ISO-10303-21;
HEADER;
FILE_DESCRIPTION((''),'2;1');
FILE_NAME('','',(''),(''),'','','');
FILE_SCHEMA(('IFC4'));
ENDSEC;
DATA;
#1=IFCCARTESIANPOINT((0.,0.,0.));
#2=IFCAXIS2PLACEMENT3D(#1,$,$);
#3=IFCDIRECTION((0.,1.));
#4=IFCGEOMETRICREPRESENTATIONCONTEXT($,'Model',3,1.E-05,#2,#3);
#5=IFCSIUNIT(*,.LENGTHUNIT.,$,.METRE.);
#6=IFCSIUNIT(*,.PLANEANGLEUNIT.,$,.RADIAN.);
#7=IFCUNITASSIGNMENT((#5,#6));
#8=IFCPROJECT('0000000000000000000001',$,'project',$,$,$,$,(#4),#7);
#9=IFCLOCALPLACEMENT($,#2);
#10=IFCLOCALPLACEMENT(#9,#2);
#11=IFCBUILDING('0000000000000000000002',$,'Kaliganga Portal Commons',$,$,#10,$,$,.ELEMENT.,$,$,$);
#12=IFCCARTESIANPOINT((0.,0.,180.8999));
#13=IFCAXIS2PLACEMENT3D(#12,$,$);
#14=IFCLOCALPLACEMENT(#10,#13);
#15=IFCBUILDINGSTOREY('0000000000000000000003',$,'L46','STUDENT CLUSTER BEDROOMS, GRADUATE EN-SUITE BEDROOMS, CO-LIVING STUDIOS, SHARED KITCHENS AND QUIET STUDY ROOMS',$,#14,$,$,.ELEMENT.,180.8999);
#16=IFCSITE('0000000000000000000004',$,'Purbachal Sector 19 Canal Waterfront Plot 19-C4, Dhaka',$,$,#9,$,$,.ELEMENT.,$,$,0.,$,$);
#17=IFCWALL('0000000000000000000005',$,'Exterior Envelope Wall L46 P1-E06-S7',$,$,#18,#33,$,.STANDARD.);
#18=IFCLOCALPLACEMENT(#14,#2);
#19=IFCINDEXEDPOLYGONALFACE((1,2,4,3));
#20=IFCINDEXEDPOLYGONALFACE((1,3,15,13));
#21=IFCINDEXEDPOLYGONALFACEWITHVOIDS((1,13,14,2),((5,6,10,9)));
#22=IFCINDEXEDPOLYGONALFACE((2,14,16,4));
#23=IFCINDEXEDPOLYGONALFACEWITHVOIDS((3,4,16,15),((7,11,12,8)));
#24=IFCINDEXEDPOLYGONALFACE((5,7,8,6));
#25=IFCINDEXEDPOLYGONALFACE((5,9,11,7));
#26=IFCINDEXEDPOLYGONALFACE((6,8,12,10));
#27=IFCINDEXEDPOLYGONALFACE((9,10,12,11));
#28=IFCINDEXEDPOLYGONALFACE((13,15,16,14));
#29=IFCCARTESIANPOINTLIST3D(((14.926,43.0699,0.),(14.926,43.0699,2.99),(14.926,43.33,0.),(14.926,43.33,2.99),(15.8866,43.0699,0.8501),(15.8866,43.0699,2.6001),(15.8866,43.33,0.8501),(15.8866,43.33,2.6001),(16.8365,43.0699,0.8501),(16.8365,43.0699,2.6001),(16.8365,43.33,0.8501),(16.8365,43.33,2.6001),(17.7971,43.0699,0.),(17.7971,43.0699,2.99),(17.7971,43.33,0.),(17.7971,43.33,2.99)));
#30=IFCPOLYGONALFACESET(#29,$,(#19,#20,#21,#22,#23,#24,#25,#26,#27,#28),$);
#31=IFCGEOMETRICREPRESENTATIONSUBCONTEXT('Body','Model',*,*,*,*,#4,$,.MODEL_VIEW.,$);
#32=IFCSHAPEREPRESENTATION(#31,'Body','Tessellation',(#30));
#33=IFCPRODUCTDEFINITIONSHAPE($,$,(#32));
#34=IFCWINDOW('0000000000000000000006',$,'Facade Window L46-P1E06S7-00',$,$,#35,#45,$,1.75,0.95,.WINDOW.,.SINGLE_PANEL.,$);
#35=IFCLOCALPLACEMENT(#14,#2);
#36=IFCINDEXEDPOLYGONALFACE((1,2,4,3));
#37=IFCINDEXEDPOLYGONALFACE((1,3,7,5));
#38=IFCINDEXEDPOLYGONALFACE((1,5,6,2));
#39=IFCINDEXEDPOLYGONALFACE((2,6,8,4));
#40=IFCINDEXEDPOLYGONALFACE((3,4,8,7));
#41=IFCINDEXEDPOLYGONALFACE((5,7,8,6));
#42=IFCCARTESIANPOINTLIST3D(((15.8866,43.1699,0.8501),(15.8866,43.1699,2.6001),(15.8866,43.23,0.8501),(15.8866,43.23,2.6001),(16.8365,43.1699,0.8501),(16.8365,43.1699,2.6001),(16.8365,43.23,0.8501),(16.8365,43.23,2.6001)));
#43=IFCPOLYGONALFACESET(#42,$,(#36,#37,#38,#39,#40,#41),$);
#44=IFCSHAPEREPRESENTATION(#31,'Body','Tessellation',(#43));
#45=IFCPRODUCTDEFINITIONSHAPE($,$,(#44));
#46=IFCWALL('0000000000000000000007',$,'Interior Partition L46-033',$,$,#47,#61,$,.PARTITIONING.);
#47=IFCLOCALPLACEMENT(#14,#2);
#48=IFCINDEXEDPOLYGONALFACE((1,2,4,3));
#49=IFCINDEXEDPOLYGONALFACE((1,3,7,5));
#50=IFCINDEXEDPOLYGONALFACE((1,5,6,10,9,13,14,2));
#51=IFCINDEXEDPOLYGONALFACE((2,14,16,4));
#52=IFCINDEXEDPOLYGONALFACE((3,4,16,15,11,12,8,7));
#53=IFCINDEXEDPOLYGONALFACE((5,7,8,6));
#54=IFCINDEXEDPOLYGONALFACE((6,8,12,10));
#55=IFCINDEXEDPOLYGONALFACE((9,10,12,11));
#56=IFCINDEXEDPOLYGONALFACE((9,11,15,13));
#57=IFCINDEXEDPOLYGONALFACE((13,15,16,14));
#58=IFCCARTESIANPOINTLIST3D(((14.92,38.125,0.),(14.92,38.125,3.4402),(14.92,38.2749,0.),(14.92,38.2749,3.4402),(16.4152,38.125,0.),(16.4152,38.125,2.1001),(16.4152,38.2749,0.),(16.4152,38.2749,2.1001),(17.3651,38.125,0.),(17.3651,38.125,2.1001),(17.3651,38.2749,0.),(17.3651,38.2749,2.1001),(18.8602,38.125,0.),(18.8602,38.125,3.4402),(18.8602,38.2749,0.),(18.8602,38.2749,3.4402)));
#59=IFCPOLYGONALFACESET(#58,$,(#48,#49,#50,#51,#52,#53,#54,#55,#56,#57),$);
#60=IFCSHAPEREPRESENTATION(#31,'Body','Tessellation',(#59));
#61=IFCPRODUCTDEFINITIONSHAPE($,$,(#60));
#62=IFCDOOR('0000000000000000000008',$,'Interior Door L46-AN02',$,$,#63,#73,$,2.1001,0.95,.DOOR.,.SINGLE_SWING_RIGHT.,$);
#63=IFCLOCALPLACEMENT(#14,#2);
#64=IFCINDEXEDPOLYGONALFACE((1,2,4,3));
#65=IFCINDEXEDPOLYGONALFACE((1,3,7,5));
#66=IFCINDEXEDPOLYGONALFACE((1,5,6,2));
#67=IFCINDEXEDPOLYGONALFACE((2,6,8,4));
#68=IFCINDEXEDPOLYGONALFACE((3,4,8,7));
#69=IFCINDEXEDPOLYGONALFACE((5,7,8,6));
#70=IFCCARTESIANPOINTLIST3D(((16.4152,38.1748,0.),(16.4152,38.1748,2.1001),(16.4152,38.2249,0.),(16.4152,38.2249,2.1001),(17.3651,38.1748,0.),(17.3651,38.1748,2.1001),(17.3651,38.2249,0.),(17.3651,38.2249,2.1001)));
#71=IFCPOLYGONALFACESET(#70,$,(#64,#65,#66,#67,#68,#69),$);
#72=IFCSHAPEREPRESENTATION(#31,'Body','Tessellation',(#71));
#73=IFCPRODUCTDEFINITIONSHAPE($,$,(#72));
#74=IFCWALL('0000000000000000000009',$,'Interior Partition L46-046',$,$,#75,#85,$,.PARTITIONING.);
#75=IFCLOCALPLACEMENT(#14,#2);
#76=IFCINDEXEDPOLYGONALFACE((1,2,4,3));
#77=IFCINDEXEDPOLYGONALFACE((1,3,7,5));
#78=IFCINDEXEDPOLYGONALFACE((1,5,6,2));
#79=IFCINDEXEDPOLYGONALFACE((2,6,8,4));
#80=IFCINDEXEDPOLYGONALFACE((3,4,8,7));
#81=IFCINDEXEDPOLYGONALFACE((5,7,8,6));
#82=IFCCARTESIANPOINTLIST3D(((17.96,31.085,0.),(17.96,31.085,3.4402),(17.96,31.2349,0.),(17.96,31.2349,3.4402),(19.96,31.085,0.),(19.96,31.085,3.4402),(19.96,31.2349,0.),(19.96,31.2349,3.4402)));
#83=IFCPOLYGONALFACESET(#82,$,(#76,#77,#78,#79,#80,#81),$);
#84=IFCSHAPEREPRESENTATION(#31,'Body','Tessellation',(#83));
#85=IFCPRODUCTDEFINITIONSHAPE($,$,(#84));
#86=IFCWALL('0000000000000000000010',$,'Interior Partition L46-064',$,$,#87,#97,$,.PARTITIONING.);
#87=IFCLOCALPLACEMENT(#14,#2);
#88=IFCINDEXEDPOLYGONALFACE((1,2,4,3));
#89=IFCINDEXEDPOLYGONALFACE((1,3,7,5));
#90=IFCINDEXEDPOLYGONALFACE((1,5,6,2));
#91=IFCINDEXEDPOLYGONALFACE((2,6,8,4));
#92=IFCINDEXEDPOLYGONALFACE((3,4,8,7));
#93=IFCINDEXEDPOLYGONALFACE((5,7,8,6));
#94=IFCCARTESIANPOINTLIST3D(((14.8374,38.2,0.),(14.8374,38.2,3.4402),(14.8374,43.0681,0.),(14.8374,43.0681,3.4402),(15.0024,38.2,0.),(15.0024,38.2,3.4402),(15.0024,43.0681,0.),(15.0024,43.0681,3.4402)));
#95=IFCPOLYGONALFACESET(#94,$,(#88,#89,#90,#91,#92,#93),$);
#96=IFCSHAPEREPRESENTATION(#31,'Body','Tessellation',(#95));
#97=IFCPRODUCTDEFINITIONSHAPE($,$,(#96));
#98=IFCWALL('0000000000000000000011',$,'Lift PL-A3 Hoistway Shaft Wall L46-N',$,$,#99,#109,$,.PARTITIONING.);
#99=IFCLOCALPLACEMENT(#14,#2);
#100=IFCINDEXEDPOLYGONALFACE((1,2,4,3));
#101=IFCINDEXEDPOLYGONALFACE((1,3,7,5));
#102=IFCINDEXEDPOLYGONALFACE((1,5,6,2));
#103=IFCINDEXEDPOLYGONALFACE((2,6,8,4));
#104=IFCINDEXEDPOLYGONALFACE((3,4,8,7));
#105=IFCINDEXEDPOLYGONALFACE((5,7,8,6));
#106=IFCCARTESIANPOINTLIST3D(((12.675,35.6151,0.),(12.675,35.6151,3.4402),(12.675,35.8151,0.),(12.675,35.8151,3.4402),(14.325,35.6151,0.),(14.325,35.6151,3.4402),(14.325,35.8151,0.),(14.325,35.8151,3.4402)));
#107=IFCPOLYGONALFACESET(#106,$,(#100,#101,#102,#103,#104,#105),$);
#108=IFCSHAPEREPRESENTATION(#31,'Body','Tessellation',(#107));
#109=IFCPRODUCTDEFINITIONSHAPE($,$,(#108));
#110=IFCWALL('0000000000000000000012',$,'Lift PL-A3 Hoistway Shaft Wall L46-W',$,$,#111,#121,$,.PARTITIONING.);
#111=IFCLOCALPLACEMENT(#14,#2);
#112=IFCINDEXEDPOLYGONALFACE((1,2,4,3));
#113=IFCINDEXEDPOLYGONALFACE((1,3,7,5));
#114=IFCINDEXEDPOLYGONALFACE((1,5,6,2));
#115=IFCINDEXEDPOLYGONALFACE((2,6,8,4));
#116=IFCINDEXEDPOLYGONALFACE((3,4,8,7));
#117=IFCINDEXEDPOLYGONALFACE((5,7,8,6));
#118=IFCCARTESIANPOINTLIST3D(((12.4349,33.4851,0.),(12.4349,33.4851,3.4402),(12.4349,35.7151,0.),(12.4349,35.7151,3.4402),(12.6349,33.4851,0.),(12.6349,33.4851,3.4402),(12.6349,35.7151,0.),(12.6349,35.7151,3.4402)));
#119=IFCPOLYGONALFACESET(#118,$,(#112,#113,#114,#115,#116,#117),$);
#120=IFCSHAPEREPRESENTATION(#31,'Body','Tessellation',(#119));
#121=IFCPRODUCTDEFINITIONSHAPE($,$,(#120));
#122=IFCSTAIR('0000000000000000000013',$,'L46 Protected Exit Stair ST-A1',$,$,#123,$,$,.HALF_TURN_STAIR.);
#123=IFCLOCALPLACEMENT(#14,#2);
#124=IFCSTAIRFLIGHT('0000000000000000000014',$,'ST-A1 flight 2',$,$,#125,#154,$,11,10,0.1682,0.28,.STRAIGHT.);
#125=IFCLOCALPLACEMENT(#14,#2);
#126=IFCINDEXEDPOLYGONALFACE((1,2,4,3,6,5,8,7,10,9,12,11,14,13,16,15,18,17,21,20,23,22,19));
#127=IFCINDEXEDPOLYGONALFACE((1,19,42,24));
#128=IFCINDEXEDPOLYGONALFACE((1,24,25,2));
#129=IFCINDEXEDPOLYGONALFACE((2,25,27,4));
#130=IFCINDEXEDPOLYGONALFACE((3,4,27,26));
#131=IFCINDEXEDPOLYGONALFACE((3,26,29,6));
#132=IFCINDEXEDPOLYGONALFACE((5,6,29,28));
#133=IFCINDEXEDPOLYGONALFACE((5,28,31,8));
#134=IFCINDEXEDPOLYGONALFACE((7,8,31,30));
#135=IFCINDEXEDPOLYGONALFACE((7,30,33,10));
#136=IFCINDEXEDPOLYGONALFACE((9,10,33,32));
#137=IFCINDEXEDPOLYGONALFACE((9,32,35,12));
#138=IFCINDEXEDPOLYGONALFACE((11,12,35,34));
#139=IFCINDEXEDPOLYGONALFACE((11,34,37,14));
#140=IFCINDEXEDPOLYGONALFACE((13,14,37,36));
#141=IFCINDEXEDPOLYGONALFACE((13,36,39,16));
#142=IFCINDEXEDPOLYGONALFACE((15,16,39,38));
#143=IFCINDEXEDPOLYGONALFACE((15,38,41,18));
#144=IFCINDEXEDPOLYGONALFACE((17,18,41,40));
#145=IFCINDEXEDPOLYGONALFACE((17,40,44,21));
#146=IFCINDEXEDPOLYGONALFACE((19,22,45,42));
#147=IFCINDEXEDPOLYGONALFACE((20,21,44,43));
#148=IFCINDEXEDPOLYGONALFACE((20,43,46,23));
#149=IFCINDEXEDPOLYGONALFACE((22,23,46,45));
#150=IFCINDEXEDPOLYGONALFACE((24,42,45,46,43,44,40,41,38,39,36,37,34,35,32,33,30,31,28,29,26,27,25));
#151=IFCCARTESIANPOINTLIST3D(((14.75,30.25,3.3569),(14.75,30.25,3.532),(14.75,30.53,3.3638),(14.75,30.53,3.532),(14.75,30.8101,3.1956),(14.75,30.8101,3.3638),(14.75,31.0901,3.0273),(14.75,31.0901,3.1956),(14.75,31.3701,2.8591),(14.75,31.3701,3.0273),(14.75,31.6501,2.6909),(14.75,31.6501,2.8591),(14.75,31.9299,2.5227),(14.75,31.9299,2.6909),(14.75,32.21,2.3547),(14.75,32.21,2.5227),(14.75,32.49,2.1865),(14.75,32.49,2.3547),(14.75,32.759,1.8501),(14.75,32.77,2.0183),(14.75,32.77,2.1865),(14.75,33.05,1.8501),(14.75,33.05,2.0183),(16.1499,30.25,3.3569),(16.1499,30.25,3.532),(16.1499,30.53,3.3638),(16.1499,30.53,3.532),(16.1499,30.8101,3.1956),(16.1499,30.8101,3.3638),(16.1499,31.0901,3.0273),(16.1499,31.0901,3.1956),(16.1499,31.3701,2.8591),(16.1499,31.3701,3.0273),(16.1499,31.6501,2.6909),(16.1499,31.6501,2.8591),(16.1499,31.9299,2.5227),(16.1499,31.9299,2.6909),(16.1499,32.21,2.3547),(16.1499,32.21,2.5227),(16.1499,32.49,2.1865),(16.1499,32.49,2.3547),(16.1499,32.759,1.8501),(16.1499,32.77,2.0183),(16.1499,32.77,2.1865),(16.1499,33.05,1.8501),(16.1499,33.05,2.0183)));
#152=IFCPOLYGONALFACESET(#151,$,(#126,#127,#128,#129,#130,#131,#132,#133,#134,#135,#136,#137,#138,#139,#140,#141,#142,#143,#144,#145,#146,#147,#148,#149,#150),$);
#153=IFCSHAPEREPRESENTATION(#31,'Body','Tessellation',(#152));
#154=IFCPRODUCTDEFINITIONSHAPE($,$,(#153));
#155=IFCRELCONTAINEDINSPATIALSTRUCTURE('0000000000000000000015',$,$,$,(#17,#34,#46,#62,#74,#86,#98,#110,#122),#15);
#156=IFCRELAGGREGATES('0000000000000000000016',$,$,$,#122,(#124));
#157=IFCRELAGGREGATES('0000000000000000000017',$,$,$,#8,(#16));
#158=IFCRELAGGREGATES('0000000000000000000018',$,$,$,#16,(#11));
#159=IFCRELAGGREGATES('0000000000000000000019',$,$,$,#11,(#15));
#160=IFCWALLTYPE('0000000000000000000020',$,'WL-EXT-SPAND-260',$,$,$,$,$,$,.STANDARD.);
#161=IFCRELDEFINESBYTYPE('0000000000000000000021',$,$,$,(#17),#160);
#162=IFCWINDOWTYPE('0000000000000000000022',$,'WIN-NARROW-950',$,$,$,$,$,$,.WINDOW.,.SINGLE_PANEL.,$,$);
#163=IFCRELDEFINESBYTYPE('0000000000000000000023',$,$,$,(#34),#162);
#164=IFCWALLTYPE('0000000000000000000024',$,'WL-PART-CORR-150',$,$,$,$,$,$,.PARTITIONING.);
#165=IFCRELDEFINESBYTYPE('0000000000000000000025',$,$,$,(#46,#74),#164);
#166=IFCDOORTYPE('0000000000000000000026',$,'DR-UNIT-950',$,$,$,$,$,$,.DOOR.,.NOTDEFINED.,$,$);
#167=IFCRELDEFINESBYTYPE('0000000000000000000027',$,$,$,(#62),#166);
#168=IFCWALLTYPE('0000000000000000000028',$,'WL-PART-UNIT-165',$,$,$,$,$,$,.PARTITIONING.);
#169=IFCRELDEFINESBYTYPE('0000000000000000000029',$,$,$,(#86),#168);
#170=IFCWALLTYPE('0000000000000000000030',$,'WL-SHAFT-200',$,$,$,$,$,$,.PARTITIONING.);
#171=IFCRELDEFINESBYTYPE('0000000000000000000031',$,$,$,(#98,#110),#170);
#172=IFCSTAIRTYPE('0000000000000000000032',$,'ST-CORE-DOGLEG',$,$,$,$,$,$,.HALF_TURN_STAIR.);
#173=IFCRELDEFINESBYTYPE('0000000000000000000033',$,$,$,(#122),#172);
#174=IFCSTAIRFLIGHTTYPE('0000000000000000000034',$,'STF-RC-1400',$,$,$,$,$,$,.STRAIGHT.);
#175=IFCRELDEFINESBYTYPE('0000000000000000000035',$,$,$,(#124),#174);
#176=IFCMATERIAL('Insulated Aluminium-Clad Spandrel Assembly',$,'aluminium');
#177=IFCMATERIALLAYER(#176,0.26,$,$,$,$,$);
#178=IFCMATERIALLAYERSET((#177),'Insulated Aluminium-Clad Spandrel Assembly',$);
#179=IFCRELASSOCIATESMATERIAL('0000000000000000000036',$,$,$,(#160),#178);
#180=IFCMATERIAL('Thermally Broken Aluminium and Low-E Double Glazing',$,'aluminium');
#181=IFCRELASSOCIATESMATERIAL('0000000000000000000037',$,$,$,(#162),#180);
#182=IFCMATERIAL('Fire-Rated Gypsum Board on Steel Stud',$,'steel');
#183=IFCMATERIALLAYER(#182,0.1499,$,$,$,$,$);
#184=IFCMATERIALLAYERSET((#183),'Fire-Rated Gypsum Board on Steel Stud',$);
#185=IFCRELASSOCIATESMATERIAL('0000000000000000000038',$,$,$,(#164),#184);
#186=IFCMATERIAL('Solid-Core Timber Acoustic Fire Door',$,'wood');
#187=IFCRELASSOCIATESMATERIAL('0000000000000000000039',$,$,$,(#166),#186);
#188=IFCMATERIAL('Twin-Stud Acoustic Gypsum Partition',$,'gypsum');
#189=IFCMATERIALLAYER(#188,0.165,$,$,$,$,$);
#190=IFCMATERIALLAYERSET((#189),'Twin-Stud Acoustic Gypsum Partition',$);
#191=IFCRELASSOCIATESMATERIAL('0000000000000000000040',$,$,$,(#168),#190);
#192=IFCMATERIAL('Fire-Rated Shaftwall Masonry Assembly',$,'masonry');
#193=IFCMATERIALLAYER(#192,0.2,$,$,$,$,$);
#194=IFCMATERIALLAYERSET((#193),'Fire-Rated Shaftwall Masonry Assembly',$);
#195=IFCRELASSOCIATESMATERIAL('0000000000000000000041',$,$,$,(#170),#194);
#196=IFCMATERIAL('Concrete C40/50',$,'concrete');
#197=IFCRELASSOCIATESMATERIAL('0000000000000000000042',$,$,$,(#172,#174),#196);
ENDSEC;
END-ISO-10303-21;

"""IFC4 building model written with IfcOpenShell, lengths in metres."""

from ifc_helpers import new_model, si_unit, direction, frame, frame_2d, origin, place, context, subcontext, project, spatial, polyline, rectangle, outline, extrude, material, layer, layer_set, type_object, element, fill, aggregate, save


model = new_model("IFC4")

# Units and contexts
model_context = context("Model", 3, precision=1e-05, world=origin(), true_north=direction((0.0, 1.0)))
body_context = subcontext(model_context, "Body", "Model", "MODEL_VIEW")
ifc_project = project(units=[si_unit("LENGTHUNIT", "METRE"), si_unit("PLANEANGLEUNIT", "RADIAN")], contexts=[model_context])

# Site, building, storey
site_placement = place(None, origin())
site = spatial("IfcSite", under=ifc_project, at=site_placement, Name="Purbachal Sector 19 Canal Waterfront Plot 19-C4, Dhaka", CompositionType="ELEMENT", RefElevation=0.0)
building_placement = place(site_placement, origin())
building = spatial("IfcBuilding", under=site, at=building_placement, Name="Kaliganga Portal Commons", CompositionType="ELEMENT")
storey_placement = place(building_placement, frame((0.0, 0.0, 180.8999)))
storey = spatial("IfcBuildingStorey", under=building, at=storey_placement, Name="L46", Description="STUDENT CLUSTER BEDROOMS, GRADUATE EN-SUITE BEDROOMS, CO-LIVING STUDIOS, SHARED KITCHENS AND QUIET STUDY ROOMS", CompositionType="ELEMENT", Elevation=180.8999)

# Wall, opening, window
ifc_material_1 = material(Name="Insulated Aluminium-Clad Spandrel Assembly", Category="aluminium")
ifc_layer_1 = layer(ifc_material_1, 0.26)
ifc_layer_set_1 = layer_set([ifc_layer_1], Name="Insulated Aluminium-Clad Spandrel Assembly")
wall_type_1 = type_object("IfcWallType", Name="WL-EXT-SPAND-260", PredefinedType="STANDARD", material=ifc_layer_set_1)
wall_1_placement = place(storey_placement, frame((14.926, 43.2, 0.0), z_axis=(0.0, 0.0, 1.0), x_axis=(1.0, 0.0, 0.0)))
wall_1 = element("IfcWall", 1, at=wall_1_placement, inside=storey, type_object=wall_type_1, Name="Exterior Envelope Wall L46 P1-E06-S7", PredefinedType="STANDARD", context=body_context, shape_type="SweptSolid", body=[
    extrude(rectangle(XDim=2.8711, YDim=0.26, at=frame_2d((1.4355, 0.0))), origin(), (0.0, 0.0, 1.0), 2.99),
])
opening_1_placement = place(wall_1_placement, frame((0.9604, 0.0, 0.8501)))
opening_1 = element("IfcOpeningElement", 2, at=opening_1_placement, cuts=wall_1, PredefinedType="OPENING", context=body_context, shape_type="SweptSolid", body=[
    extrude(rectangle(XDim=0.95, YDim=1.75, at=frame_2d((0.4751, 0.875))), frame((0.0, 0.1401, 0.0), z_axis=(0.0, -1.0, 0.0), x_axis=(1.0, 0.0, 0.0)), (0.0, 0.0, 1.0), 0.28),
])
ifc_material_2 = material(Name="Thermally Broken Aluminium and Low-E Double Glazing", Category="aluminium")
window_type = type_object("IfcWindowType", Name="WIN-NARROW-950", PartitioningType="SINGLE_PANEL", PredefinedType="WINDOW", material=ifc_material_2)
window_placement = place(opening_1_placement, origin())
window = element("IfcWindow", 3, at=window_placement, inside=storey, type_object=window_type, Name="Facade Window L46-P1E06S7-00", OverallHeight=1.75, OverallWidth=0.95, PartitioningType="SINGLE_PANEL", PredefinedType="WINDOW", context=body_context, shape_type="SweptSolid", body=[
    extrude(rectangle(XDim=0.95, YDim=1.75, at=frame_2d((0.4751, 0.875))), frame((0.0, 0.03, 0.0), z_axis=(0.0, -1.0, 0.0), x_axis=(1.0, 0.0, 0.0)), (0.0, 0.0, 1.0), 0.0601),
])
fill(opening_1, window)

# Wall, opening, door
ifc_material_3 = material(Name="Fire-Rated Gypsum Board on Steel Stud", Category="steel")
ifc_layer_2 = layer(ifc_material_3, 0.1499)
ifc_layer_set_2 = layer_set([ifc_layer_2], Name="Fire-Rated Gypsum Board on Steel Stud")
wall_type_2 = type_object("IfcWallType", Name="WL-PART-CORR-150", PredefinedType="PARTITIONING", material=ifc_layer_set_2)
wall_2_placement = place(storey_placement, frame((14.9199, 38.2, 0.0), z_axis=(0.0, 0.0, 1.0), x_axis=(1.0, 0.0, 0.0)))
wall_2 = element("IfcWall", 4, at=wall_2_placement, inside=storey, type_object=wall_type_2, Name="Interior Partition L46-033", PredefinedType="PARTITIONING", context=body_context, shape_type="SweptSolid", body=[
    extrude(rectangle(XDim=3.9402, YDim=0.1499, at=frame_2d((1.9702, 0.0))), origin(), (0.0, 0.0, 1.0), 3.4402),
])
opening_2_placement = place(wall_2_placement, frame((1.4951, 0.0, 0.0)))
opening_2 = element("IfcOpeningElement", 5, at=opening_2_placement, cuts=wall_2, PredefinedType="OPENING", context=body_context, shape_type="SweptSolid", body=[
    extrude(rectangle(XDim=0.95, YDim=2.1001, at=frame_2d((0.4751, 1.05))), frame((0.0, 0.085, 0.0), z_axis=(0.0, -1.0, 0.0), x_axis=(1.0, 0.0, 0.0)), (0.0, 0.0, 1.0), 0.1699),
])
ifc_material_4 = material(Name="Solid-Core Timber Acoustic Fire Door", Category="wood")
door_type_1 = type_object("IfcDoorType", Name="DR-UNIT-950", OperationType="NOTDEFINED", PredefinedType="DOOR", material=ifc_material_4)
door_1_placement = place(opening_2_placement, origin())
door_1 = element("IfcDoor", 6, at=door_1_placement, inside=storey, type_object=door_type_1, Name="Interior Door L46-AN02", OperationType="SINGLE_SWING_RIGHT", OverallHeight=2.1001, OverallWidth=0.95, PredefinedType="DOOR", context=body_context, shape_type="SweptSolid", body=[
    extrude(rectangle(XDim=0.95, YDim=2.1001, at=frame_2d((0.4751, 1.05))), frame((0.0, 0.0249, 0.0), z_axis=(0.0, -1.0, 0.0), x_axis=(1.0, 0.0, 0.0)), (0.0, 0.0, 1.0), 0.05),
])
fill(opening_2, door_1)

# Walls
wall_3_placement = place(storey_placement, frame((17.96, 31.1599, 0.0), z_axis=(0.0, 0.0, 1.0), x_axis=(1.0, 0.0, 0.0)))
element("IfcWall", 7, at=wall_3_placement, inside=storey, type_object=wall_type_2, Name="Interior Partition L46-046", PredefinedType="PARTITIONING", context=body_context, shape_type="SweptSolid", body=[
    extrude(rectangle(XDim=2.0, YDim=0.1499, at=frame_2d((1.0, 0.0))), origin(), (0.0, 0.0, 1.0), 3.4402),
])
ifc_material_5 = material(Name="Twin-Stud Acoustic Gypsum Partition", Category="gypsum")
ifc_layer_3 = layer(ifc_material_5, 0.165)
ifc_layer_set_3 = layer_set([ifc_layer_3], Name="Twin-Stud Acoustic Gypsum Partition")
wall_type_3 = type_object("IfcWallType", Name="WL-PART-UNIT-165", PredefinedType="PARTITIONING", material=ifc_layer_set_3)
wall_4_placement = place(storey_placement, frame((14.9199, 38.2, 0.0), z_axis=(0.0, 0.0, 1.0), x_axis=(0.0, 1.0, 0.0)))
element("IfcWall", 8, at=wall_4_placement, inside=storey, type_object=wall_type_3, Name="Interior Partition L46-064", PredefinedType="PARTITIONING", context=body_context, shape_type="SweptSolid", body=[
    extrude(rectangle(XDim=4.8682, YDim=0.165, at=frame_2d((2.4341, 0.0))), origin(), (0.0, 0.0, 1.0), 3.4402),
])

# Shared definitions
ifc_material_6 = material(Name="Fire-Rated Shaftwall Masonry Assembly", Category="masonry")
ifc_layer_4 = layer(ifc_material_6, 0.2)
ifc_layer_set_4 = layer_set([ifc_layer_4], Name="Fire-Rated Shaftwall Masonry Assembly")
wall_type_4 = type_object("IfcWallType", Name="WL-SHAFT-200", PredefinedType="PARTITIONING", material=ifc_layer_set_4)

# Walls
wall_5_placement = place(storey_placement, frame((12.675, 35.7151, 0.0), z_axis=(0.0, 0.0, 1.0), x_axis=(1.0, 0.0, 0.0)))
element("IfcWall", 9, at=wall_5_placement, inside=storey, type_object=wall_type_4, Name="Lift PL-A3 Hoistway Shaft Wall L46-N", PredefinedType="PARTITIONING", context=body_context, shape_type="SweptSolid", body=[
    extrude(rectangle(XDim=1.6499, YDim=0.2, at=frame_2d((0.825, 0.0))), origin(), (0.0, 0.0, 1.0), 3.4402),
])
wall_6_placement = place(storey_placement, frame((12.5349, 33.4851, 0.0), z_axis=(0.0, 0.0, 1.0), x_axis=(0.0, 1.0, 0.0)))
element("IfcWall", 10, at=wall_6_placement, inside=storey, type_object=wall_type_4, Name="Lift PL-A3 Hoistway Shaft Wall L46-W", PredefinedType="PARTITIONING", context=body_context, shape_type="SweptSolid", body=[
    extrude(rectangle(XDim=2.23, YDim=0.2, at=frame_2d((1.115, 0.0))), origin(), (0.0, 0.0, 1.0), 3.4402),
])

# Stair, stair flight
ifc_material_7 = material(Name="Concrete C40/50", Category="concrete")
stair_type = type_object("IfcStairType", Name="ST-CORE-DOGLEG", PredefinedType="HALF_TURN_STAIR", material=ifc_material_7)
stair_placement = place(storey_placement, origin())
stair = element("IfcStair", 11, at=stair_placement, inside=storey, type_object=stair_type, Name="L46 Protected Exit Stair ST-A1", PredefinedType="HALF_TURN_STAIR")
stair_flight_type = type_object("IfcStairFlightType", Name="STF-RC-1400", PredefinedType="STRAIGHT", material=ifc_material_7)
stair_flight_placement = place(storey_placement, frame((15.45, 33.05, 1.8501), z_axis=(0.0, 0.0, 1.0), x_axis=(0.0, -1.0, 0.0)))
stair_flight = element("IfcStairFlight", 12, at=stair_flight_placement, type_object=stair_flight_type, Name="ST-A1 flight 2", NumberOfRisers=11, NumberOfTreads=10, PredefinedType="STRAIGHT", RiserHeight=0.1682, TreadLength=0.28, context=body_context, shape_type="SweptSolid", body=[
    extrude(outline(polyline([(0.0, 0.0), (0.0, 0.1682), (0.28, 0.1682), (0.28, 0.3364), (0.5601, 0.3364), (0.5601, 0.5046), (0.8401, 0.5046), (0.8401, 0.6726), (1.1201, 0.6726), (1.1201, 0.8408), (1.3999, 0.8408), (1.3999, 1.009), (1.6799, 1.009), (1.6799, 1.1772), (1.96, 1.1772), (1.96, 1.3455), (2.24, 1.3455), (2.24, 1.5137), (2.52, 1.5137), (2.52, 1.6819), (2.8, 1.6819), (2.8, 1.8501), (2.8, 1.5068), (0.291, 0.0), (0.0, 0.0)])), frame((0.0, 0.7, 0.0), z_axis=(0.0, -1.0, 0.0), x_axis=(1.0, 0.0, 0.0)), (0.0, 0.0, 1.0), 1.3999),
])
aggregate(stair, [stair_flight])

save(model, "model.ifc")
